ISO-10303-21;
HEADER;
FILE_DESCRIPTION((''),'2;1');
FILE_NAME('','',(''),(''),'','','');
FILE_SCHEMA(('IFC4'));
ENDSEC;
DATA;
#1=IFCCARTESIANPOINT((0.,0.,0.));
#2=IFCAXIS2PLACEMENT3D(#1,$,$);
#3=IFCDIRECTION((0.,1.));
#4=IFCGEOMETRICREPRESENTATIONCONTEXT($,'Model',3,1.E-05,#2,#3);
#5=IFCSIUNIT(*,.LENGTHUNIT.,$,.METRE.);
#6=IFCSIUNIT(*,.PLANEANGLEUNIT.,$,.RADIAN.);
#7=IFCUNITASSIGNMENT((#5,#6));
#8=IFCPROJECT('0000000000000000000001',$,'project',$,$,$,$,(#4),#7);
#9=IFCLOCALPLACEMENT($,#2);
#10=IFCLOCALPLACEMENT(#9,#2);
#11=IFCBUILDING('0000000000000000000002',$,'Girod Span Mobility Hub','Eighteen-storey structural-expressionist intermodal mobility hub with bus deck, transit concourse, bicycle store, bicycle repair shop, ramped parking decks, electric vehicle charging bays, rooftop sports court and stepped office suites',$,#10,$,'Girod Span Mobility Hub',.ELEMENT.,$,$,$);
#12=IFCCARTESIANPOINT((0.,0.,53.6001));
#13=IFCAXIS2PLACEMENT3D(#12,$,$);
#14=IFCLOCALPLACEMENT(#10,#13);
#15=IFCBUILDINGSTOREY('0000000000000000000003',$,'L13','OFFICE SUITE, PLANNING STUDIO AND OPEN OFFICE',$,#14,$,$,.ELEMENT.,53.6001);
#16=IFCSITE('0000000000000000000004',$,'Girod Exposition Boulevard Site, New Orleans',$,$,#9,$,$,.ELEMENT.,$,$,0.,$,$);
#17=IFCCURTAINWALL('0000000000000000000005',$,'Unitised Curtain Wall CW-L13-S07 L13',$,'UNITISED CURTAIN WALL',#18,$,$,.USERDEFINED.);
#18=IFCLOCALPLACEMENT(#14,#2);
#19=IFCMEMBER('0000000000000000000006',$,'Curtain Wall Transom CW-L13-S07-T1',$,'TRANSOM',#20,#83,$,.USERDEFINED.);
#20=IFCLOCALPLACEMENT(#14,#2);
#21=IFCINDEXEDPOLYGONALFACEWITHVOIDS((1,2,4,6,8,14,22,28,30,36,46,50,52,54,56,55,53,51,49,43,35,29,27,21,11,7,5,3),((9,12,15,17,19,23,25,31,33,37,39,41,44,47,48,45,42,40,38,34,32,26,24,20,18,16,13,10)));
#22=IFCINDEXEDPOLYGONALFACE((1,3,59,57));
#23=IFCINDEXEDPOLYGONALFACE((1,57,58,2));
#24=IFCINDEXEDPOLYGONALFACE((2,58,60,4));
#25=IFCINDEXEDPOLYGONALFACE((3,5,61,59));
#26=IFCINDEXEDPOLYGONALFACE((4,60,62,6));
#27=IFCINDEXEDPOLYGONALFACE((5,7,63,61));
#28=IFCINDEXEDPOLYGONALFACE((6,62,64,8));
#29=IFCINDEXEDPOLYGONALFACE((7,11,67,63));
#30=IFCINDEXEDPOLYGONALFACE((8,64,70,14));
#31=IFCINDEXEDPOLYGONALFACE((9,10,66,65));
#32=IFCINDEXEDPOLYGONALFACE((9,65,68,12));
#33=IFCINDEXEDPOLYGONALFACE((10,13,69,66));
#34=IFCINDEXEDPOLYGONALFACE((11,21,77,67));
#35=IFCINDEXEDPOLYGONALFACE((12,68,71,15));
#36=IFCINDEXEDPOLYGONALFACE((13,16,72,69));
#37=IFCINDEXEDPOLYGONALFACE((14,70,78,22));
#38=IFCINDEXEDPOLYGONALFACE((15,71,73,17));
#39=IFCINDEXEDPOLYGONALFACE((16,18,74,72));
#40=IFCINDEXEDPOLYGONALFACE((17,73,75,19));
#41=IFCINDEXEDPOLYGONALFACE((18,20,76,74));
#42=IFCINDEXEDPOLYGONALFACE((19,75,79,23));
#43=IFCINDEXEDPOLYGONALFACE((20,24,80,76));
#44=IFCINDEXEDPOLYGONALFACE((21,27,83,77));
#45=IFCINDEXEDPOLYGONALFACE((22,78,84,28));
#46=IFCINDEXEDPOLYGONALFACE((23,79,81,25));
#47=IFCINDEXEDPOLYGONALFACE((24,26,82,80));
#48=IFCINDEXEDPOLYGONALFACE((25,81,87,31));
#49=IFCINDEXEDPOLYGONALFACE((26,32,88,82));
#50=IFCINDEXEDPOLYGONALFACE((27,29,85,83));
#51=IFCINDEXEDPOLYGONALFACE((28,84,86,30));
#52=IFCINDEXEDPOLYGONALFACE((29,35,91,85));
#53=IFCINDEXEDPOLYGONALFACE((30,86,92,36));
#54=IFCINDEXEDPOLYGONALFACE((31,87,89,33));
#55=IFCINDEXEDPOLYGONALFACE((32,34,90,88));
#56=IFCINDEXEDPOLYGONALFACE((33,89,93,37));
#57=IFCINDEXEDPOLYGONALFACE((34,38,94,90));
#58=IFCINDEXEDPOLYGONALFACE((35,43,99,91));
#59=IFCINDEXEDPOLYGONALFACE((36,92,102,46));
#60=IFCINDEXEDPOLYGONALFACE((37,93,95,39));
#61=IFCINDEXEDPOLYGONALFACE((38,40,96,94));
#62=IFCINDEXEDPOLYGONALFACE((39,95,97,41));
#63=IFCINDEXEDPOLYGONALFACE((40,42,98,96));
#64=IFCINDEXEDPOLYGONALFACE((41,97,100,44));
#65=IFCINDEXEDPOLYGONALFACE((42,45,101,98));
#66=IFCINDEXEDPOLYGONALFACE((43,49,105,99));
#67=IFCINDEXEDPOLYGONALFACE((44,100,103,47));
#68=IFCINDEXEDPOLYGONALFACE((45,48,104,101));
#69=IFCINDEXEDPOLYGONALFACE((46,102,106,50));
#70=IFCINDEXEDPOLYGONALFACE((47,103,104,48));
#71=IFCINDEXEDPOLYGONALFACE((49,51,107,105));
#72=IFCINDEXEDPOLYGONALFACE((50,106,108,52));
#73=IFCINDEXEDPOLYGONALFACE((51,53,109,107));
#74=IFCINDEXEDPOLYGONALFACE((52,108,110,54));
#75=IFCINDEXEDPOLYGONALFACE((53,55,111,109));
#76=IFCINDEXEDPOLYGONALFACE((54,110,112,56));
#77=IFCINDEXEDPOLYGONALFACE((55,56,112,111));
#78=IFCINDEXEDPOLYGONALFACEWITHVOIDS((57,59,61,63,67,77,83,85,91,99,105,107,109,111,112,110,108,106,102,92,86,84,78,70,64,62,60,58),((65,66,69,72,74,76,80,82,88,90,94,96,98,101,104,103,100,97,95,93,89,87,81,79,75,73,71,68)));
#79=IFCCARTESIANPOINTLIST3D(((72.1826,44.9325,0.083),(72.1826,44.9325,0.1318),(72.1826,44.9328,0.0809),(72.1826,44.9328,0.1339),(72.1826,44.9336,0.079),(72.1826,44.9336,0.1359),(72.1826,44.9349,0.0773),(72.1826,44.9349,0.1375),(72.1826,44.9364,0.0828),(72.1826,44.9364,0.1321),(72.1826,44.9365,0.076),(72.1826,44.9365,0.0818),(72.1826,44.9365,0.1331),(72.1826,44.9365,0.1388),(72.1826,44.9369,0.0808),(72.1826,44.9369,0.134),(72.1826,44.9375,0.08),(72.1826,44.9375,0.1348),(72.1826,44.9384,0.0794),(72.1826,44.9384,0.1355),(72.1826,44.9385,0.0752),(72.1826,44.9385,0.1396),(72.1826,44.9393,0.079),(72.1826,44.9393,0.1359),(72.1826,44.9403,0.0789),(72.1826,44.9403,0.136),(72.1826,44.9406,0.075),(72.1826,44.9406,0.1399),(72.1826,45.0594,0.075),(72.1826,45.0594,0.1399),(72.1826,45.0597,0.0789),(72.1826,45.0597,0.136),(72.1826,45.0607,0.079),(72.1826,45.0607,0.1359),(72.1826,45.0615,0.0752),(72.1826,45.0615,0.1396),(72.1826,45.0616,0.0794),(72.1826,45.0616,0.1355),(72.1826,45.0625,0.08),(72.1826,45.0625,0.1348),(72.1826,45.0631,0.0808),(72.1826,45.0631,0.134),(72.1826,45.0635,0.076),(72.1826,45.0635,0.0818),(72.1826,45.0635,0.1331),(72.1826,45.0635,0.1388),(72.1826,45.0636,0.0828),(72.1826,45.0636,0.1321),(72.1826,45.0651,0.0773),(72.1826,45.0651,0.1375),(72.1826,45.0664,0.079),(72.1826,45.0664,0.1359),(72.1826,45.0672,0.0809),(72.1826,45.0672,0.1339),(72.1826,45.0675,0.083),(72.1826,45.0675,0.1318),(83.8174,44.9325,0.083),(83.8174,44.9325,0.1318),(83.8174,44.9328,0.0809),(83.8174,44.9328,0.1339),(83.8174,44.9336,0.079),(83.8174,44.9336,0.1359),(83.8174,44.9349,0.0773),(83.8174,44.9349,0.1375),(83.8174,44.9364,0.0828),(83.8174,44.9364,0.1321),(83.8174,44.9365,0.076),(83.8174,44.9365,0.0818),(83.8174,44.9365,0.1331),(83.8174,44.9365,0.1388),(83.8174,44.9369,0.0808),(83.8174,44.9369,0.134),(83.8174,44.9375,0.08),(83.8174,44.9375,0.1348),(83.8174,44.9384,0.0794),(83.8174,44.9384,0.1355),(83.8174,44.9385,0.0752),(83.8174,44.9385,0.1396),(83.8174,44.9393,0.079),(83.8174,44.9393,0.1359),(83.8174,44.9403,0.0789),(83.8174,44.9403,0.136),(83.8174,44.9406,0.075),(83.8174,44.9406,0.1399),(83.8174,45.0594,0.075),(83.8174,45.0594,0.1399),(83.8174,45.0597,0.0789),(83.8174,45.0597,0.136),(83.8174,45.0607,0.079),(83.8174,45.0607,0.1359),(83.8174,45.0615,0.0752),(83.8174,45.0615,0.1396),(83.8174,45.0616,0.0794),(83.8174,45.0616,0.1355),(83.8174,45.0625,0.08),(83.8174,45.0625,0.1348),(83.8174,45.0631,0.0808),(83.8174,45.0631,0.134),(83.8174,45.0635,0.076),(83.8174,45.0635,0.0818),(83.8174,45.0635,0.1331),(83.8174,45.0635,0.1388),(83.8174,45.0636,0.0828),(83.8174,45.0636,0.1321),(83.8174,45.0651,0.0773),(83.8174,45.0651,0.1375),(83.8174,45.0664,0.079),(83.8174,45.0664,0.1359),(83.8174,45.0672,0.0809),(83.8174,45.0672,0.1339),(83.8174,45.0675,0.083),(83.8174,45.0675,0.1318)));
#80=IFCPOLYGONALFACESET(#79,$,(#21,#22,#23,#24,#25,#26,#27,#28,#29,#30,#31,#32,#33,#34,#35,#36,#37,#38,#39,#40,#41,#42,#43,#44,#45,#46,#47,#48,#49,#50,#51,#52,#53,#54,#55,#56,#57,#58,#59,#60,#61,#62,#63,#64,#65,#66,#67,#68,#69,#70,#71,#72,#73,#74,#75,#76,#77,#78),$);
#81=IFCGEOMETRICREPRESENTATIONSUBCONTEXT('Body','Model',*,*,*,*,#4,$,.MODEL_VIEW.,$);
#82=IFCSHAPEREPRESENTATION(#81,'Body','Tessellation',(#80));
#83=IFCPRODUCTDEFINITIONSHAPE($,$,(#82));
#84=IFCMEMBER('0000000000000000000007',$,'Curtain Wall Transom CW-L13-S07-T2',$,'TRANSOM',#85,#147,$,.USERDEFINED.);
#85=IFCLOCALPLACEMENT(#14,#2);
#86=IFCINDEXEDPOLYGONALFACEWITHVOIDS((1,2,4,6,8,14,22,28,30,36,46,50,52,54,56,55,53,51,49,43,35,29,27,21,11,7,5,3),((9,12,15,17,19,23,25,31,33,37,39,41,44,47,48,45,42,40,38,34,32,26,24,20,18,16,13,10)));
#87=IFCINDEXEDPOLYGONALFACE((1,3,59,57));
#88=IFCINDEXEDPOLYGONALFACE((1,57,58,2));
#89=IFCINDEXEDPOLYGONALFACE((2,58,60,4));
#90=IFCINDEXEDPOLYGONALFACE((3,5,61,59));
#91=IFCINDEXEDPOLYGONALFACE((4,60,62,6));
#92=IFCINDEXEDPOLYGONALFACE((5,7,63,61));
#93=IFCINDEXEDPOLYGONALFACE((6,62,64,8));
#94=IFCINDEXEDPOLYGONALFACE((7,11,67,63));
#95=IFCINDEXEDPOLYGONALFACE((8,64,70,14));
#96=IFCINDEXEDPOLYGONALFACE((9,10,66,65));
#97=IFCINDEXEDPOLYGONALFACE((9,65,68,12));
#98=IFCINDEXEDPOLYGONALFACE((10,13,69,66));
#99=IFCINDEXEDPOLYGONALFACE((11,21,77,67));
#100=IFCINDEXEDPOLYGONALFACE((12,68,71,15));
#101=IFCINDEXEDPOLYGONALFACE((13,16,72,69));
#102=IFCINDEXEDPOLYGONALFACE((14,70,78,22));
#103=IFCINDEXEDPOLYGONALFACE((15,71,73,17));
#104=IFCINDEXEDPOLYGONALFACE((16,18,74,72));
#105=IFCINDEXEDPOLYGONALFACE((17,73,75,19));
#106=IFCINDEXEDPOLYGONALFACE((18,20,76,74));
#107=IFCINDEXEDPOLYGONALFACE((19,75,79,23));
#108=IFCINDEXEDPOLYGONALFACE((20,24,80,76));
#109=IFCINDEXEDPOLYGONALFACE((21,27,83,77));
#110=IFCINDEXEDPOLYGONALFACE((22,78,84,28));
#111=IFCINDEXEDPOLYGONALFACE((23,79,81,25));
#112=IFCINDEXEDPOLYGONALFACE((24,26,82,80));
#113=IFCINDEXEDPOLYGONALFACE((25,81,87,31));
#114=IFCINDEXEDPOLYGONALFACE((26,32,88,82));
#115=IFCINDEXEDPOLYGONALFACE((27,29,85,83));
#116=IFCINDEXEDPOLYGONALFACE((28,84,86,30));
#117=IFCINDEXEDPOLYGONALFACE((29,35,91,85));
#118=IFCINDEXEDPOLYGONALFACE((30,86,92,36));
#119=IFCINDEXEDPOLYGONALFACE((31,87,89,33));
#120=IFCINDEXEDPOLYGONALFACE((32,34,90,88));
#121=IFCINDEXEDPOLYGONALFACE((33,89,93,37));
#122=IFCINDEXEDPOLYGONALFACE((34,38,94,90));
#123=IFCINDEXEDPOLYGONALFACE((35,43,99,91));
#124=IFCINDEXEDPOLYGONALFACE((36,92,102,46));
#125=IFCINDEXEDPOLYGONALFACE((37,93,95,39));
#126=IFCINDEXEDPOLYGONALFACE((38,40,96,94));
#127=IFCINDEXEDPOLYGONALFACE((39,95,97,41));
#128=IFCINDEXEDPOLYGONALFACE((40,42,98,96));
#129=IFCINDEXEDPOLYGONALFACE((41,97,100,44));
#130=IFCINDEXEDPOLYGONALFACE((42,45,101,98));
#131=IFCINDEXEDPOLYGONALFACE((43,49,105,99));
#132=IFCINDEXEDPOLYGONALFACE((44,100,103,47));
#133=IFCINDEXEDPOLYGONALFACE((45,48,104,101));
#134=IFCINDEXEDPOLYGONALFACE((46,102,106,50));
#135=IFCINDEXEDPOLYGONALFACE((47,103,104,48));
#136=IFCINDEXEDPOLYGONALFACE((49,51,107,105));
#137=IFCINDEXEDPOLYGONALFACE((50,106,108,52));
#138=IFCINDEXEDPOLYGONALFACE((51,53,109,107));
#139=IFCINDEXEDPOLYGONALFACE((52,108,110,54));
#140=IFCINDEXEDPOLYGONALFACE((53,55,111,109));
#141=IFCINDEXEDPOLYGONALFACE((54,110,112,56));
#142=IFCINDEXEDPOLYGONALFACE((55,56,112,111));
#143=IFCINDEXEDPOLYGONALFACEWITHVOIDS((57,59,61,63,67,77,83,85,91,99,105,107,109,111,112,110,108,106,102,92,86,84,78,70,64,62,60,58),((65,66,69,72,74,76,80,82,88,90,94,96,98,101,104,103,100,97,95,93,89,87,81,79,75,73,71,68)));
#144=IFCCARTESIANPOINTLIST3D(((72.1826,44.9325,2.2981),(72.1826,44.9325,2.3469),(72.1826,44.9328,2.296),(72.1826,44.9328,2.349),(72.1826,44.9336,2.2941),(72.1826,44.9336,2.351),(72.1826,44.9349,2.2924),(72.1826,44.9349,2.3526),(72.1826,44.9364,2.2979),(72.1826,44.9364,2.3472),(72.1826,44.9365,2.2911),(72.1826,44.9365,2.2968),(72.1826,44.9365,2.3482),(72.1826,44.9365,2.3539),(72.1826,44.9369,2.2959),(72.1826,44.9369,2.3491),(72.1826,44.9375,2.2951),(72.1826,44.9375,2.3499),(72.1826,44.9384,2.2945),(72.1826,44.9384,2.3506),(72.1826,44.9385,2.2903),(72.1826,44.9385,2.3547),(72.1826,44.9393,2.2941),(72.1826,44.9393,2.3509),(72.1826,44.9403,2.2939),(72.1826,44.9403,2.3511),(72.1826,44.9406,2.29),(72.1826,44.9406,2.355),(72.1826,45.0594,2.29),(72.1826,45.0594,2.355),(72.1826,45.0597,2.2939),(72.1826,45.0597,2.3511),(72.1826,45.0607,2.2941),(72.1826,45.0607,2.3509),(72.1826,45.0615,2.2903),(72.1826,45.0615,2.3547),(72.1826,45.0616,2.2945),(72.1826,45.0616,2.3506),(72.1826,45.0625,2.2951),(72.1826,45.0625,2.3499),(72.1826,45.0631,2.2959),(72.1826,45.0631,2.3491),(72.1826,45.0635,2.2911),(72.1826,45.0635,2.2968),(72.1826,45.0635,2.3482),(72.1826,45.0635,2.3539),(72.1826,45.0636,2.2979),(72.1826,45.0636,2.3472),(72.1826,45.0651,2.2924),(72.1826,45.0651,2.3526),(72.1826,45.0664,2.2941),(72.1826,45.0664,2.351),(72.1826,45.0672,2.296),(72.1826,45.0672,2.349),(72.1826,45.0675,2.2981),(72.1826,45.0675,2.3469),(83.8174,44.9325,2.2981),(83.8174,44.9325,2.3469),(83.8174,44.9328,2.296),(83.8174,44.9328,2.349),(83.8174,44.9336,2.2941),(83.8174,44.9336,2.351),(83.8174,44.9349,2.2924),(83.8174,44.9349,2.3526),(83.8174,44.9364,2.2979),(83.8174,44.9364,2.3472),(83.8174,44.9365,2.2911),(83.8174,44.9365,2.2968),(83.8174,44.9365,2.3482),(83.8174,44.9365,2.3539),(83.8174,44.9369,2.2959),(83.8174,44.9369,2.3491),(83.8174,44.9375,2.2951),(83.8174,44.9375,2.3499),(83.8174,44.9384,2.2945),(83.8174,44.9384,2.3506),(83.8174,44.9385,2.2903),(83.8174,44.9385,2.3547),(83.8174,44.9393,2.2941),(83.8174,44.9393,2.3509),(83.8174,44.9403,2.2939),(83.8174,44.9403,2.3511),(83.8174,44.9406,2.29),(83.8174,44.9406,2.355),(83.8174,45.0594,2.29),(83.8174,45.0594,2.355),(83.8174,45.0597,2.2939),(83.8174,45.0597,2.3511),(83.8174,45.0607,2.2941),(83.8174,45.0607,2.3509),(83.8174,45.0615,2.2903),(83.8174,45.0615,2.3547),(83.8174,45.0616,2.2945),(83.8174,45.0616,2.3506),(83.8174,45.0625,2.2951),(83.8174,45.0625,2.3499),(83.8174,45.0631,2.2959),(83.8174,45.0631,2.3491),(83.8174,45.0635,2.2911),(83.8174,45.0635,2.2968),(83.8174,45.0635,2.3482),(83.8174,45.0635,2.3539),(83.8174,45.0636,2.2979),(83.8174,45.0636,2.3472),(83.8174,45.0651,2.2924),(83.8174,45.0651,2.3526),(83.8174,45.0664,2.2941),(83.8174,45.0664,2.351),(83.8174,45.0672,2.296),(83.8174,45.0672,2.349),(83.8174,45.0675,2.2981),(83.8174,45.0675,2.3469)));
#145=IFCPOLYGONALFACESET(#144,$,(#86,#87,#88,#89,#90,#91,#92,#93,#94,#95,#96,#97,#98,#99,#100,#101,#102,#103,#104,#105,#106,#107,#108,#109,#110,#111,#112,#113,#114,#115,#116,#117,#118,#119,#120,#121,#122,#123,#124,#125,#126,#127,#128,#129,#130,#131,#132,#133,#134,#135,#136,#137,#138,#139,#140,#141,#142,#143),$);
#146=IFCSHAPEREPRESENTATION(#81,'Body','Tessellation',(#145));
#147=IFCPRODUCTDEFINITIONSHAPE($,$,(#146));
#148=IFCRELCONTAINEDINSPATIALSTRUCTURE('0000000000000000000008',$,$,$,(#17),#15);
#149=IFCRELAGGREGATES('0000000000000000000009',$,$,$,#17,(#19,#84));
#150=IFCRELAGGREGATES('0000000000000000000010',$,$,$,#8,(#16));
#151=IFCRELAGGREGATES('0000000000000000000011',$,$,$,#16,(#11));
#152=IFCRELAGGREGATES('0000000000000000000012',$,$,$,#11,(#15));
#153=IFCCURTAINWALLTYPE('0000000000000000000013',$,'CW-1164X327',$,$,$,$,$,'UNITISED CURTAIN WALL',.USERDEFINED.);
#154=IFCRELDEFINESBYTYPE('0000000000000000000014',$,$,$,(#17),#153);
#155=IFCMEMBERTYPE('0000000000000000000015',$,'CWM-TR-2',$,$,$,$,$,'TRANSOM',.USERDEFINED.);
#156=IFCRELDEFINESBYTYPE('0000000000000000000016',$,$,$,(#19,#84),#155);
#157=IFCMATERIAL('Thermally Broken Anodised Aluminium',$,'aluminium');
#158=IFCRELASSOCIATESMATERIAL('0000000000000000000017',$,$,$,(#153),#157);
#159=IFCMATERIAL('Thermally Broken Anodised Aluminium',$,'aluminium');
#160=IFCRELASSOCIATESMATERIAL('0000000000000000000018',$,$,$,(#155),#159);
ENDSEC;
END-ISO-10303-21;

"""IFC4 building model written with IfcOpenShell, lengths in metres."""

from ifc_helpers import new_model, si_unit, direction, frame, origin, origin_2d, place, context, subcontext, project, spatial, hollow_rectangle, extrude, material, material_profile, profile_set, type_object, element, aggregate, save


model = new_model("IFC4")

# Units and contexts
model_context = context("Model", 3, precision=1e-05, world=origin(), true_north=direction((0.0, 1.0)))
body_context = subcontext(model_context, "Body", "Model", "MODEL_VIEW")
ifc_project = project(units=[si_unit("LENGTHUNIT", "METRE"), si_unit("PLANEANGLEUNIT", "RADIAN")], contexts=[model_context])

# Site, building, storey
site_placement = place(None, origin())
site = spatial("IfcSite", under=ifc_project, at=site_placement, Name="Girod Exposition Boulevard Site, New Orleans", CompositionType="ELEMENT", RefElevation=0.0)
building_placement = place(site_placement, origin())
building = spatial("IfcBuilding", under=site, at=building_placement, Name="Girod Span Mobility Hub", Description="Eighteen-storey structural-expressionist intermodal mobility hub with bus deck, transit concourse, bicycle store, bicycle repair shop, ramped parking decks, electric vehicle charging bays, rooftop sports court and stepped office suites", LongName="Girod Span Mobility Hub", CompositionType="ELEMENT")
storey_placement = place(building_placement, frame((0.0, 0.0, 53.6001)))
storey = spatial("IfcBuildingStorey", under=building, at=storey_placement, Name="L13", Description="OFFICE SUITE, PLANNING STUDIO AND OPEN OFFICE", CompositionType="ELEMENT", Elevation=53.6001)

# Curtain wall, members
ifc_material_1 = material(Name="Thermally Broken Anodised Aluminium", Category="aluminium")
curtain_wall_type = type_object("IfcCurtainWallType", Name="CW-1164X327", ElementType="UNITISED CURTAIN WALL", PredefinedType="USERDEFINED", material=ifc_material_1)
curtain_wall_placement = place(storey_placement, origin())
curtain_wall = element("IfcCurtainWall", 1, at=curtain_wall_placement, inside=storey, type_object=curtain_wall_type, Name="Unitised Curtain Wall CW-L13-S07 L13", ObjectType="UNITISED CURTAIN WALL", PredefinedType="USERDEFINED")
ifc_material_2 = material(Name="Thermally Broken Anodised Aluminium", Category="aluminium")
ifc_material_profile_1 = material_profile(ifc_material_2, hollow_rectangle(XDim=0.135, YDim=0.0649, WallThickness=0.0039, InnerFilletRadius=0.0039, OuterFilletRadius=0.0081, at=origin_2d()), Name="CW-TR-65X135")
ifc_profile_set_1 = profile_set([ifc_material_profile_1], Name="Thermally Broken Anodised Aluminium")
member_type_1 = type_object("IfcMemberType", Name="CWM-TR-2", ElementType="TRANSOM", PredefinedType="USERDEFINED", material=ifc_profile_set_1)
member_1_placement = place(storey_placement, frame((72.1826, 45.0, 0.1074), z_axis=(1.0, 0.0, 0.0), x_axis=(0.0, 1.0, 0.0)))
member_1 = element("IfcMember", 2, at=member_1_placement, type_object=member_type_1, Name="Curtain Wall Transom CW-L13-S07-T1", ObjectType="TRANSOM", PredefinedType="USERDEFINED", context=body_context, shape_type="SweptSolid", body=[
    extrude(hollow_rectangle(XDim=0.135, YDim=0.0649, WallThickness=0.0039, InnerFilletRadius=0.0039, OuterFilletRadius=0.0081, at=origin_2d()), origin(), (0.0, 0.0, 1.0), 11.6348),
])
member_2_placement = place(storey_placement, frame((72.1826, 45.0, 2.3225), z_axis=(1.0, 0.0, 0.0), x_axis=(0.0, 1.0, 0.0)))
member_2 = element("IfcMember", 3, at=member_2_placement, type_object=member_type_1, Name="Curtain Wall Transom CW-L13-S07-T2", ObjectType="TRANSOM", PredefinedType="USERDEFINED", context=body_context, shape_type="SweptSolid", body=[
    extrude(hollow_rectangle(XDim=0.135, YDim=0.0649, WallThickness=0.0039, InnerFilletRadius=0.0039, OuterFilletRadius=0.0081, at=origin_2d()), origin(), (0.0, 0.0, 1.0), 11.6348),
])

aggregate(curtain_wall, [member_1, member_2])

save(model, "model.ifc")
